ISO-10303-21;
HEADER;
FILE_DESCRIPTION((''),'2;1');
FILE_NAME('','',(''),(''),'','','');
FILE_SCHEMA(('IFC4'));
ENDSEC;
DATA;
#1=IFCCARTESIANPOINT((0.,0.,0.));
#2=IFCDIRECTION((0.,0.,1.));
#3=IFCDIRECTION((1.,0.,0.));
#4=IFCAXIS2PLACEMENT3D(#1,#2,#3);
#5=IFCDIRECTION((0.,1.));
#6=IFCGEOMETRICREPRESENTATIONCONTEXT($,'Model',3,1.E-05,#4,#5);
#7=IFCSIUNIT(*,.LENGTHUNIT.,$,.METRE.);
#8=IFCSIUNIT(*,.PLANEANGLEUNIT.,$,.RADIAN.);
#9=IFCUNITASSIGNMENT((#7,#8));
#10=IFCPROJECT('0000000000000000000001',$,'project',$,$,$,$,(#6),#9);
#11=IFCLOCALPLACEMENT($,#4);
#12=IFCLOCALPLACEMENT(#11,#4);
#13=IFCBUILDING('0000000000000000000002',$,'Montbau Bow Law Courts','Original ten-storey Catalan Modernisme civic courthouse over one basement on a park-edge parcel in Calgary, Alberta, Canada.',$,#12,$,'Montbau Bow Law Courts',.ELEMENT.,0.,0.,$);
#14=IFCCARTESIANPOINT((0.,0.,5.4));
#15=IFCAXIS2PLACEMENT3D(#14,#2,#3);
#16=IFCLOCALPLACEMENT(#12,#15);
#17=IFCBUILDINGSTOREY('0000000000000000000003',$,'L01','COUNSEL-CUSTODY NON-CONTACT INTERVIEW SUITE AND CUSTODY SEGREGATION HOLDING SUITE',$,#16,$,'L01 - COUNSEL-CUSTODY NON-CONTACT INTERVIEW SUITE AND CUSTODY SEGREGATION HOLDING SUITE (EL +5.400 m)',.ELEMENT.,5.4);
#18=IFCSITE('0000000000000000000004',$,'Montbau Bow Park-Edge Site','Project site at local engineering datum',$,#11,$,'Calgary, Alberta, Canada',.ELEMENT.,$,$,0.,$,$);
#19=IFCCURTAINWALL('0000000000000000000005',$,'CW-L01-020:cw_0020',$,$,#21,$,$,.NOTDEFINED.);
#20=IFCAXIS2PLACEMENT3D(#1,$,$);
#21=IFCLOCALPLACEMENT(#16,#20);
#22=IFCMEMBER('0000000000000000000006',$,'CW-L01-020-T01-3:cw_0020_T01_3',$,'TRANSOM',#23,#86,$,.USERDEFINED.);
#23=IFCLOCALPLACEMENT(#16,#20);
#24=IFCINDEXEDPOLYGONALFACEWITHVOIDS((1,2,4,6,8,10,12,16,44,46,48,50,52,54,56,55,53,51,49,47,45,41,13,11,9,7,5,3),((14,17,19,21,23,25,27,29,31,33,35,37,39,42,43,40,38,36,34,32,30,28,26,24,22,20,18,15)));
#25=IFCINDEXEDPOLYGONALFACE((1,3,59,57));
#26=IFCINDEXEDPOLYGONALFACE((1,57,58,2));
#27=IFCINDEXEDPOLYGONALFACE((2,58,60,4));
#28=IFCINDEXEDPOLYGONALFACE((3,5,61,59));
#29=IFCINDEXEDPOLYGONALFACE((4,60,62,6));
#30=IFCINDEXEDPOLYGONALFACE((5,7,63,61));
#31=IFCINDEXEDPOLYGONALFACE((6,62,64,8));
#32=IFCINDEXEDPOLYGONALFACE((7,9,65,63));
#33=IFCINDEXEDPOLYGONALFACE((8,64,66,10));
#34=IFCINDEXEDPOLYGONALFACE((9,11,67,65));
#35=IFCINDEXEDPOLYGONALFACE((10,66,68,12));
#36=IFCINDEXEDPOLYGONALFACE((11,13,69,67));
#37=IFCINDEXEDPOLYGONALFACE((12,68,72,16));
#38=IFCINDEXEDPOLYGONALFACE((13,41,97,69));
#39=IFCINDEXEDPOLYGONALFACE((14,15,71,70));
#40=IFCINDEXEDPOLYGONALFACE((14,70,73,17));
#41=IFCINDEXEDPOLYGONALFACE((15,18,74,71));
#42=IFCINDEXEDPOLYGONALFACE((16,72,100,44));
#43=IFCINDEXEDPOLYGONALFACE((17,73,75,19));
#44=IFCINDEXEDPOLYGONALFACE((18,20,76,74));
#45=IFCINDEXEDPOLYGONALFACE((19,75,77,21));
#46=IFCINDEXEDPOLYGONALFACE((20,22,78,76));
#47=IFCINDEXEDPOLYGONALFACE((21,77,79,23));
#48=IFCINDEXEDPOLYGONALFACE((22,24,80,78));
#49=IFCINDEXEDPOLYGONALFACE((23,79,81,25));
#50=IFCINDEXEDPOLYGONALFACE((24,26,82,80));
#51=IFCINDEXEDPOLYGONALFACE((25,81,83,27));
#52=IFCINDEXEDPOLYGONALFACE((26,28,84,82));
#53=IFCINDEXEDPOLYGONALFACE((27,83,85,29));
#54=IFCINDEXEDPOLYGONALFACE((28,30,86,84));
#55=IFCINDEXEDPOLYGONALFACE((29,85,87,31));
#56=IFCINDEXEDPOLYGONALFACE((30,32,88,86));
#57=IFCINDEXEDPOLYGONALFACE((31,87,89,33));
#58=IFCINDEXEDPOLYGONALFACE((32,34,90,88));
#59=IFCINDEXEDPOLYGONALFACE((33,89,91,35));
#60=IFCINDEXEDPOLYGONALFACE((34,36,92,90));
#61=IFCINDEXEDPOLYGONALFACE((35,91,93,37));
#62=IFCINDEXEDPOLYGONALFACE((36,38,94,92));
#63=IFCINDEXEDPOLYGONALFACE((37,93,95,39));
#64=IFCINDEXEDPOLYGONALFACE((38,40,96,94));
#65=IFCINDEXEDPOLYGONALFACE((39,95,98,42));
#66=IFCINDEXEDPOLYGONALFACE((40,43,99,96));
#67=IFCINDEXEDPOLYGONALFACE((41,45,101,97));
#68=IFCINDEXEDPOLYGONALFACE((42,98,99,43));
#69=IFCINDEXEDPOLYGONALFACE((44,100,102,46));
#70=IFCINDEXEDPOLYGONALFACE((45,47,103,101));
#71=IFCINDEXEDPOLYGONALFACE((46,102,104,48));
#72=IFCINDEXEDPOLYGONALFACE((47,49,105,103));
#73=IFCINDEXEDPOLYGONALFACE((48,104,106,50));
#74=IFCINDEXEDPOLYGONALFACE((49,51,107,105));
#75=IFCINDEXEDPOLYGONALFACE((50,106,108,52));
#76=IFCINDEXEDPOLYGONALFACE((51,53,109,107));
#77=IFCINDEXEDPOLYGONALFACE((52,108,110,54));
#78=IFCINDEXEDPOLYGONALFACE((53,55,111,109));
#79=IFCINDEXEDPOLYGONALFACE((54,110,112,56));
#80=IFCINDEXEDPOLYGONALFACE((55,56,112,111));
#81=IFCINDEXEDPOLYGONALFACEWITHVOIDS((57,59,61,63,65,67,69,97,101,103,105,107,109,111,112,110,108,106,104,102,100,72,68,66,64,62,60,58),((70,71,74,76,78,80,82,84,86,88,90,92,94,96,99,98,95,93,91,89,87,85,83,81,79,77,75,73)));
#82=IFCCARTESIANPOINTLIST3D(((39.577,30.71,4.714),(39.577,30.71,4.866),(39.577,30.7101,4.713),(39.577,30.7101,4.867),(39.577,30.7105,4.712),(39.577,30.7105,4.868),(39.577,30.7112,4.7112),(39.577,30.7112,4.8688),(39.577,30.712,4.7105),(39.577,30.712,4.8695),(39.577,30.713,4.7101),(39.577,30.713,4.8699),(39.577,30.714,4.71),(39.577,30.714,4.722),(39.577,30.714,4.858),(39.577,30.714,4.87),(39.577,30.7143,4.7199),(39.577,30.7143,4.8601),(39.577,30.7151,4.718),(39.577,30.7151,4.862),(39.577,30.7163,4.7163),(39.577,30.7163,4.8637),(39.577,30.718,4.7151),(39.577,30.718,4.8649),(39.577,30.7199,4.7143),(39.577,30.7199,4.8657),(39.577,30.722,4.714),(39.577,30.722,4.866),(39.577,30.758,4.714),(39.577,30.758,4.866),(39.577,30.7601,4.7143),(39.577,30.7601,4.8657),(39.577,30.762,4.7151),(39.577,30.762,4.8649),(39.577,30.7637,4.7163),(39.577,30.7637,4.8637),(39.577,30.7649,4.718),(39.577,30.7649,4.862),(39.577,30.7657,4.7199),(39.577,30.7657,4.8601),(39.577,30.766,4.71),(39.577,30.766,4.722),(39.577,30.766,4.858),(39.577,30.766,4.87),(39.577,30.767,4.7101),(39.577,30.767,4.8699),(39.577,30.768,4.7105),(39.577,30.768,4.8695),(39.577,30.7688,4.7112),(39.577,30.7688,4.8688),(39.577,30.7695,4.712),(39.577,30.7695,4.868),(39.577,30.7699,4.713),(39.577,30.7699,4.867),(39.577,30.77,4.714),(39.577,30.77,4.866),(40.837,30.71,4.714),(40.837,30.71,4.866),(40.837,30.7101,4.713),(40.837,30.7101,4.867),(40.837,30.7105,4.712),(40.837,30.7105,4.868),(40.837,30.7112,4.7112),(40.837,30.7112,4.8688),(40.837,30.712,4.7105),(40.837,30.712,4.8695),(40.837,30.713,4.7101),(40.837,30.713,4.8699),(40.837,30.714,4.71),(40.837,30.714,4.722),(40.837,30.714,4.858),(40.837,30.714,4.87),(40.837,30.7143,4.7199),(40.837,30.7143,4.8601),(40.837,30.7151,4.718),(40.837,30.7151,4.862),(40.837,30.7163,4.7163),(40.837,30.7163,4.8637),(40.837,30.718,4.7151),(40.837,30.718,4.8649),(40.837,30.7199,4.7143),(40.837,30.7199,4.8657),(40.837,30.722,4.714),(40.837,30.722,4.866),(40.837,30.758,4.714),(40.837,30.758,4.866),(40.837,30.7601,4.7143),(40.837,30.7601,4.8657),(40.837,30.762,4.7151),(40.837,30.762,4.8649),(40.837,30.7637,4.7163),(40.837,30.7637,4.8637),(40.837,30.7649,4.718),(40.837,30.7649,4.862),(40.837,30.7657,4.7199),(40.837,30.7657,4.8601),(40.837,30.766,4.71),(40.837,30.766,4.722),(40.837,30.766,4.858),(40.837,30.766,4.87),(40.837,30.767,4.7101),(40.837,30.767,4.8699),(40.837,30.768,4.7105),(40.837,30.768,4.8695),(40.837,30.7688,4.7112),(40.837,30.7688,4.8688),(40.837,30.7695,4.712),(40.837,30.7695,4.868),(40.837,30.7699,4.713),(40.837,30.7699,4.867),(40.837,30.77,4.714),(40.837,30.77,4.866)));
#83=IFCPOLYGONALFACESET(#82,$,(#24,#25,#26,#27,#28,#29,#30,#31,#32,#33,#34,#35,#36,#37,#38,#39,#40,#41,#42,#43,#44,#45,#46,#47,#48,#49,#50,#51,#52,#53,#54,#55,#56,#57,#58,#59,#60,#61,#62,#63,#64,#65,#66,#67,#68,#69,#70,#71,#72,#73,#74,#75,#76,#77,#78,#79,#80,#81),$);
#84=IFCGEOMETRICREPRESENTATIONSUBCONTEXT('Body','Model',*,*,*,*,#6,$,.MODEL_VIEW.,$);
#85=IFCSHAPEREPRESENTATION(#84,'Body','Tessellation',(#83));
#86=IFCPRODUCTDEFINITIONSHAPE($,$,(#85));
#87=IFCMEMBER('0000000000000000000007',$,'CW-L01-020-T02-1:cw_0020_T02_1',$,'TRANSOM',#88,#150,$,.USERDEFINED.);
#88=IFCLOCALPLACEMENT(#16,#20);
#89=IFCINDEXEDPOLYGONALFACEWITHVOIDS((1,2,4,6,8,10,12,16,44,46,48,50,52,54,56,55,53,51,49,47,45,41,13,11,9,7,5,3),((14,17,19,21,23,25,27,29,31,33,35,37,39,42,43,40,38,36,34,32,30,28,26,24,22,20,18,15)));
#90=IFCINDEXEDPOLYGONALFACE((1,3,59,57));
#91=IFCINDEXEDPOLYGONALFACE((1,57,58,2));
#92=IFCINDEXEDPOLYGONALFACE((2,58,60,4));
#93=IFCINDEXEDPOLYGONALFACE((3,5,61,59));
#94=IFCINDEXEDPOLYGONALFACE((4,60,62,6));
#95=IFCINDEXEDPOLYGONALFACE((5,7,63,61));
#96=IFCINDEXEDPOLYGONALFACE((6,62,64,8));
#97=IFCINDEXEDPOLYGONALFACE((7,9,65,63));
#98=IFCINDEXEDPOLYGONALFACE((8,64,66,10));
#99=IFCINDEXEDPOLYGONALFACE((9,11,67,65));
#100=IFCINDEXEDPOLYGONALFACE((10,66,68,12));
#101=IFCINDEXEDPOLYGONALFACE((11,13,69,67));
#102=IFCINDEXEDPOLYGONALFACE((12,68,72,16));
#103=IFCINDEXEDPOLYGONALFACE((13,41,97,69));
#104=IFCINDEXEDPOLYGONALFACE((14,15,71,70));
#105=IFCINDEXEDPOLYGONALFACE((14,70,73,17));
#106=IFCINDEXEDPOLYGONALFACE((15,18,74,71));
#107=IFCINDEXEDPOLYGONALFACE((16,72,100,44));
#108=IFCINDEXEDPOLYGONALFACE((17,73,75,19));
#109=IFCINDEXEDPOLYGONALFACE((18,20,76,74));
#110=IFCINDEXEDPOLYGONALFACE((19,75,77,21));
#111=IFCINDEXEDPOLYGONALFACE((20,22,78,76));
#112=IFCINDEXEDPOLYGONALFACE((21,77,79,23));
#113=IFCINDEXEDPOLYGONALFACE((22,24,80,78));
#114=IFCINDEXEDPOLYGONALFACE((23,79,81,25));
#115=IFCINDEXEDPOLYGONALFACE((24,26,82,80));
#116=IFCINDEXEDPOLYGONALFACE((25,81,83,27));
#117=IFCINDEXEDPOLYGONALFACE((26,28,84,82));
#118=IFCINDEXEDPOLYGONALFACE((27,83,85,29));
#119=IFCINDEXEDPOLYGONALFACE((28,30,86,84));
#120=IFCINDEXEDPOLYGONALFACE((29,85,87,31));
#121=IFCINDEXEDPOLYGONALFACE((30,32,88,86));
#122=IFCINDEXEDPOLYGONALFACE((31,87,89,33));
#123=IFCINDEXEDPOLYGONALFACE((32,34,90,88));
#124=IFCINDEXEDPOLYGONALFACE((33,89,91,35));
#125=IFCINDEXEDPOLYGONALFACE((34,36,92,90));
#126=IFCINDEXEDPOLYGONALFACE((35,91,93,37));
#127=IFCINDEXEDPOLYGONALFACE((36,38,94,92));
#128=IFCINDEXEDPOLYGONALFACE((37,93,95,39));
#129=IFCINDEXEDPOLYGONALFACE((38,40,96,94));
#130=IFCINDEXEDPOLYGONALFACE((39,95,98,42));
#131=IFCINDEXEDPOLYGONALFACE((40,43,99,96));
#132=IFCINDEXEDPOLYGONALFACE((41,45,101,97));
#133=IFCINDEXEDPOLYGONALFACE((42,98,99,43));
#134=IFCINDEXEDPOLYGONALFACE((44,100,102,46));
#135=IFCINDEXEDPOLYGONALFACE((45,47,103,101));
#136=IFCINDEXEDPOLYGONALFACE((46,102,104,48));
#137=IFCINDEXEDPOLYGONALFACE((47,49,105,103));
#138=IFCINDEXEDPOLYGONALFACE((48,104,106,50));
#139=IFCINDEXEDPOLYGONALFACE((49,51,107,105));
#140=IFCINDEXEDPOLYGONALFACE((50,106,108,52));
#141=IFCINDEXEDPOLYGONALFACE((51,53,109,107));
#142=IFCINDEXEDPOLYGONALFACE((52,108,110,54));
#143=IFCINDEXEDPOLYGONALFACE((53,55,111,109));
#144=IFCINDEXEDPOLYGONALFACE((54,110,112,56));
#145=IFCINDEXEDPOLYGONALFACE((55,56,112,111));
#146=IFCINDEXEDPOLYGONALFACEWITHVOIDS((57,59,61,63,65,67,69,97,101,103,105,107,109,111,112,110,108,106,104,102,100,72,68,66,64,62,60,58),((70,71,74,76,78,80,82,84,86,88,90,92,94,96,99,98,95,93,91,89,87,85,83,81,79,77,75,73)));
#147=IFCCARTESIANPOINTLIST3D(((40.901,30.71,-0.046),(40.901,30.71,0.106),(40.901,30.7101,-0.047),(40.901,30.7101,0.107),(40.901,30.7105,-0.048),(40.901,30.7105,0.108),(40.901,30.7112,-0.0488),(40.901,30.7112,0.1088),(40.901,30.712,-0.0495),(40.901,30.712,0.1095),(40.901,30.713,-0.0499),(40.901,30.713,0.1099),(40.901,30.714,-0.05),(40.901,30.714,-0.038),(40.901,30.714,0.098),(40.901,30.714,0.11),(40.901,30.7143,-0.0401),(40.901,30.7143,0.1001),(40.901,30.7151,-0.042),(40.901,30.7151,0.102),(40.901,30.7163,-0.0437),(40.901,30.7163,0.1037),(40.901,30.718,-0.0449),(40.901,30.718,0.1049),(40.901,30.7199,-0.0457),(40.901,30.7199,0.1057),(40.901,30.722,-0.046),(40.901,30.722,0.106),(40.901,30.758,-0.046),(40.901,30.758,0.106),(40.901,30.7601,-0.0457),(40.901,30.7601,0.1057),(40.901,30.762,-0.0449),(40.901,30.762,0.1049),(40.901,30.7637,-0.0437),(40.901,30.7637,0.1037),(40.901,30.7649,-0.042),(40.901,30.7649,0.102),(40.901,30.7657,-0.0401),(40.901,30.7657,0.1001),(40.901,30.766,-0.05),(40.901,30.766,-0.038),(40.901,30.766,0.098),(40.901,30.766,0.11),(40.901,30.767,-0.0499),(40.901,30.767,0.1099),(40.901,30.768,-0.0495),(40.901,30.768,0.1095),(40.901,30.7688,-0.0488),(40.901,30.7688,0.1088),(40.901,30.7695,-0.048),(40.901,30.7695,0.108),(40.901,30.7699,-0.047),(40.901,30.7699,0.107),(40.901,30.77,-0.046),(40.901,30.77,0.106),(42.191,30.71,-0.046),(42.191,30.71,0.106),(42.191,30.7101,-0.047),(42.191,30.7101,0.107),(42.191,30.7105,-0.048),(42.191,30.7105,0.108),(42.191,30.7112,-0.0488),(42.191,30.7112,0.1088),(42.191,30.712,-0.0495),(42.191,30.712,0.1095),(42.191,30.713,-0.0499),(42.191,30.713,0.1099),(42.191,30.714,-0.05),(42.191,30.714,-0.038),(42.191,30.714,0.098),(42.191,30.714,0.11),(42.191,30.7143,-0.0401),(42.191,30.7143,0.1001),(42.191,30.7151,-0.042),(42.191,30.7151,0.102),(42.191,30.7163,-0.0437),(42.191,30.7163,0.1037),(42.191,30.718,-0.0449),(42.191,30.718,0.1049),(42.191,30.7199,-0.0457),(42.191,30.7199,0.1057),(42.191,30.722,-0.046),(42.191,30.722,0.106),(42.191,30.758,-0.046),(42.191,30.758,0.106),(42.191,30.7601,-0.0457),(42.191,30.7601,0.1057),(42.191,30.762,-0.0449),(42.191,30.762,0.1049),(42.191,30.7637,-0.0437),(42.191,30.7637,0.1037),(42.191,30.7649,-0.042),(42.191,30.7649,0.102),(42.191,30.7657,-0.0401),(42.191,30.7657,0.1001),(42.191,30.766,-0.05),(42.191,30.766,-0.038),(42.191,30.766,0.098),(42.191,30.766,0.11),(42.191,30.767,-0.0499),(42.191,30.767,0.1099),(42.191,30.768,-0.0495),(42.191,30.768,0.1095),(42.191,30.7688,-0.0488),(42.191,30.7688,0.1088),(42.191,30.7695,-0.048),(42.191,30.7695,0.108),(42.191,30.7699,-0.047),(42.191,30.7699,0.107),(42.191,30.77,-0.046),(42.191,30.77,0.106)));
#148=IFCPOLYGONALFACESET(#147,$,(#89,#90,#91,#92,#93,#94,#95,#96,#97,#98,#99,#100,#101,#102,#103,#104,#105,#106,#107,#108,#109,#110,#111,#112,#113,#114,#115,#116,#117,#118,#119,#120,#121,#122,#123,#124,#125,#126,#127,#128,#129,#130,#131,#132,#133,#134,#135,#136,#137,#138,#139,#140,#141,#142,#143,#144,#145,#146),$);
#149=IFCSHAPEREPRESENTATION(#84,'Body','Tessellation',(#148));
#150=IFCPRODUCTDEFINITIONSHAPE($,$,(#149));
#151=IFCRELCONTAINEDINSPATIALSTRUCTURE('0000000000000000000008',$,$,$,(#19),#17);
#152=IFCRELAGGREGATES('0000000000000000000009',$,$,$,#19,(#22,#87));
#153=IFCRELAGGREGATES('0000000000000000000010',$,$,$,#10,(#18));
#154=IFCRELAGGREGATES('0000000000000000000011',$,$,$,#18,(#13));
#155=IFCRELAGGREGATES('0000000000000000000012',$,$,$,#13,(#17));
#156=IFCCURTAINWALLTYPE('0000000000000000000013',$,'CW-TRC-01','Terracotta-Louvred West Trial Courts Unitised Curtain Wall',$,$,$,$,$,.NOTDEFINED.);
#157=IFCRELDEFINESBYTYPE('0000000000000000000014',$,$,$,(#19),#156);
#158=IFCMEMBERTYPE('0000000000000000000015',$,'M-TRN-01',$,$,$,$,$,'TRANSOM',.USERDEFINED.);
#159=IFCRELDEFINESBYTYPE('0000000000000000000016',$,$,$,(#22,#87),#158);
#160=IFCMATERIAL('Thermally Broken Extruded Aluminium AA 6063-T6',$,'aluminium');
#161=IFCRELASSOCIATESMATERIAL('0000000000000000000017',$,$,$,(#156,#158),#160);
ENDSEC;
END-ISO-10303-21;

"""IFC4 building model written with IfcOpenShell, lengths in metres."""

from ifc_helpers import new_model, si_unit, direction, frame, origin_with_axes, origin_2d_with_axis, place, context, subcontext, project, spatial, hollow_rectangle, extrude, material, material_profile, profile_set, type_object, element, aggregate, save


model = new_model("IFC4")

# Units and contexts
model_context = context("Model", 3, precision=1e-05, world=origin_with_axes(), true_north=direction((0.0, 1.0)))
body_context = subcontext(model_context, "Body", "Model", "MODEL_VIEW")
ifc_project = project(units=[si_unit("LENGTHUNIT", "METRE"), si_unit("PLANEANGLEUNIT", "RADIAN")], contexts=[model_context])

# Site, building, storey
site_placement = place(None, origin_with_axes())
site = spatial("IfcSite", under=ifc_project, at=site_placement, Name="Montbau Bow Park-Edge Site", Description="Project site at local engineering datum", LongName="Calgary, Alberta, Canada", CompositionType="ELEMENT", RefElevation=0.0)
building_placement = place(site_placement, origin_with_axes())
building = spatial("IfcBuilding", under=site, at=building_placement, Name="Montbau Bow Law Courts", Description="Original ten-storey Catalan Modernisme civic courthouse over one basement on a park-edge parcel in Calgary, Alberta, Canada.", LongName="Montbau Bow Law Courts", CompositionType="ELEMENT", ElevationOfRefHeight=0.0, ElevationOfTerrain=0.0)
storey_placement = place(building_placement, frame((0.0, 0.0, 5.4), z_axis=(0.0, 0.0, 1.0), x_axis=(1.0, 0.0, 0.0)))
storey = spatial("IfcBuildingStorey", under=building, at=storey_placement, Name="L01", Description="COUNSEL-CUSTODY NON-CONTACT INTERVIEW SUITE AND CUSTODY SEGREGATION HOLDING SUITE", LongName="L01 - COUNSEL-CUSTODY NON-CONTACT INTERVIEW SUITE AND CUSTODY SEGREGATION HOLDING SUITE (EL +5.400 m)", CompositionType="ELEMENT", Elevation=5.4)

# Curtain wall, members
ifc_material_1 = material(Name="Thermally Broken Extruded Aluminium AA 6063-T6", Category="aluminium")
curtain_wall_type = type_object("IfcCurtainWallType", Name="CW-TRC-01", Description="Terracotta-Louvred West Trial Courts Unitised Curtain Wall", PredefinedType="NOTDEFINED", material=ifc_material_1)
curtain_wall_1_placement = place(None, frame((39.515, 30.74, 5.4), z_axis=(0.0, 0.0, 1.0), x_axis=(1.0, 0.0, 0.0)))
curtain_wall_1 = element("IfcCurtainWall", 1, at=curtain_wall_1_placement, inside=storey, type_object=curtain_wall_type, Name="CW-L01-020:cw_0020", PredefinedType="NOTDEFINED")
ifc_material_profile_1 = material_profile(ifc_material_1, hollow_rectangle(XDim=0.06, YDim=0.16, WallThickness=0.004, InnerFilletRadius=0.008, OuterFilletRadius=0.004, at=origin_2d_with_axis()), Name="CWT-160X60", Category="Main", Priority=0)
ifc_profile_set_1 = profile_set([ifc_material_profile_1], Name="Thermally Broken Extruded Aluminium AA 6063-T6")
member_type_1 = type_object("IfcMemberType", Name="M-TRN-01", ElementType="TRANSOM", PredefinedType="USERDEFINED", material=ifc_profile_set_1)
member_1_placement = place(None, frame((39.577, 30.74, 10.19), z_axis=(1.0, 0.0, 0.0), x_axis=(0.0, 1.0, 0.0)))
member_1 = element("IfcMember", 2, at=member_1_placement, type_object=member_type_1, Name="CW-L01-020-T01-3:cw_0020_T01_3", ObjectType="TRANSOM", PredefinedType="USERDEFINED", context=body_context, shape_type="SweptSolid", body=[
    extrude(hollow_rectangle(XDim=0.06, YDim=0.16, WallThickness=0.004, InnerFilletRadius=0.008, OuterFilletRadius=0.004, at=origin_2d_with_axis()), origin_with_axes(), (0.0, 0.0, 1.0), 1.26),
])
member_2_placement = place(None, frame((40.901, 30.74, 5.43), z_axis=(1.0, 0.0, 0.0), x_axis=(0.0, 1.0, 0.0)))
member_2 = element("IfcMember", 3, at=member_2_placement, type_object=member_type_1, Name="CW-L01-020-T02-1:cw_0020_T02_1", ObjectType="TRANSOM", PredefinedType="USERDEFINED", context=body_context, shape_type="SweptSolid", body=[
    extrude(hollow_rectangle(XDim=0.06, YDim=0.16, WallThickness=0.004, InnerFilletRadius=0.008, OuterFilletRadius=0.004, at=origin_2d_with_axis()), origin_with_axes(), (0.0, 0.0, 1.0), 1.29),
])

aggregate(curtain_wall_1, [member_1, member_2])

save(model, "model.ifc")
